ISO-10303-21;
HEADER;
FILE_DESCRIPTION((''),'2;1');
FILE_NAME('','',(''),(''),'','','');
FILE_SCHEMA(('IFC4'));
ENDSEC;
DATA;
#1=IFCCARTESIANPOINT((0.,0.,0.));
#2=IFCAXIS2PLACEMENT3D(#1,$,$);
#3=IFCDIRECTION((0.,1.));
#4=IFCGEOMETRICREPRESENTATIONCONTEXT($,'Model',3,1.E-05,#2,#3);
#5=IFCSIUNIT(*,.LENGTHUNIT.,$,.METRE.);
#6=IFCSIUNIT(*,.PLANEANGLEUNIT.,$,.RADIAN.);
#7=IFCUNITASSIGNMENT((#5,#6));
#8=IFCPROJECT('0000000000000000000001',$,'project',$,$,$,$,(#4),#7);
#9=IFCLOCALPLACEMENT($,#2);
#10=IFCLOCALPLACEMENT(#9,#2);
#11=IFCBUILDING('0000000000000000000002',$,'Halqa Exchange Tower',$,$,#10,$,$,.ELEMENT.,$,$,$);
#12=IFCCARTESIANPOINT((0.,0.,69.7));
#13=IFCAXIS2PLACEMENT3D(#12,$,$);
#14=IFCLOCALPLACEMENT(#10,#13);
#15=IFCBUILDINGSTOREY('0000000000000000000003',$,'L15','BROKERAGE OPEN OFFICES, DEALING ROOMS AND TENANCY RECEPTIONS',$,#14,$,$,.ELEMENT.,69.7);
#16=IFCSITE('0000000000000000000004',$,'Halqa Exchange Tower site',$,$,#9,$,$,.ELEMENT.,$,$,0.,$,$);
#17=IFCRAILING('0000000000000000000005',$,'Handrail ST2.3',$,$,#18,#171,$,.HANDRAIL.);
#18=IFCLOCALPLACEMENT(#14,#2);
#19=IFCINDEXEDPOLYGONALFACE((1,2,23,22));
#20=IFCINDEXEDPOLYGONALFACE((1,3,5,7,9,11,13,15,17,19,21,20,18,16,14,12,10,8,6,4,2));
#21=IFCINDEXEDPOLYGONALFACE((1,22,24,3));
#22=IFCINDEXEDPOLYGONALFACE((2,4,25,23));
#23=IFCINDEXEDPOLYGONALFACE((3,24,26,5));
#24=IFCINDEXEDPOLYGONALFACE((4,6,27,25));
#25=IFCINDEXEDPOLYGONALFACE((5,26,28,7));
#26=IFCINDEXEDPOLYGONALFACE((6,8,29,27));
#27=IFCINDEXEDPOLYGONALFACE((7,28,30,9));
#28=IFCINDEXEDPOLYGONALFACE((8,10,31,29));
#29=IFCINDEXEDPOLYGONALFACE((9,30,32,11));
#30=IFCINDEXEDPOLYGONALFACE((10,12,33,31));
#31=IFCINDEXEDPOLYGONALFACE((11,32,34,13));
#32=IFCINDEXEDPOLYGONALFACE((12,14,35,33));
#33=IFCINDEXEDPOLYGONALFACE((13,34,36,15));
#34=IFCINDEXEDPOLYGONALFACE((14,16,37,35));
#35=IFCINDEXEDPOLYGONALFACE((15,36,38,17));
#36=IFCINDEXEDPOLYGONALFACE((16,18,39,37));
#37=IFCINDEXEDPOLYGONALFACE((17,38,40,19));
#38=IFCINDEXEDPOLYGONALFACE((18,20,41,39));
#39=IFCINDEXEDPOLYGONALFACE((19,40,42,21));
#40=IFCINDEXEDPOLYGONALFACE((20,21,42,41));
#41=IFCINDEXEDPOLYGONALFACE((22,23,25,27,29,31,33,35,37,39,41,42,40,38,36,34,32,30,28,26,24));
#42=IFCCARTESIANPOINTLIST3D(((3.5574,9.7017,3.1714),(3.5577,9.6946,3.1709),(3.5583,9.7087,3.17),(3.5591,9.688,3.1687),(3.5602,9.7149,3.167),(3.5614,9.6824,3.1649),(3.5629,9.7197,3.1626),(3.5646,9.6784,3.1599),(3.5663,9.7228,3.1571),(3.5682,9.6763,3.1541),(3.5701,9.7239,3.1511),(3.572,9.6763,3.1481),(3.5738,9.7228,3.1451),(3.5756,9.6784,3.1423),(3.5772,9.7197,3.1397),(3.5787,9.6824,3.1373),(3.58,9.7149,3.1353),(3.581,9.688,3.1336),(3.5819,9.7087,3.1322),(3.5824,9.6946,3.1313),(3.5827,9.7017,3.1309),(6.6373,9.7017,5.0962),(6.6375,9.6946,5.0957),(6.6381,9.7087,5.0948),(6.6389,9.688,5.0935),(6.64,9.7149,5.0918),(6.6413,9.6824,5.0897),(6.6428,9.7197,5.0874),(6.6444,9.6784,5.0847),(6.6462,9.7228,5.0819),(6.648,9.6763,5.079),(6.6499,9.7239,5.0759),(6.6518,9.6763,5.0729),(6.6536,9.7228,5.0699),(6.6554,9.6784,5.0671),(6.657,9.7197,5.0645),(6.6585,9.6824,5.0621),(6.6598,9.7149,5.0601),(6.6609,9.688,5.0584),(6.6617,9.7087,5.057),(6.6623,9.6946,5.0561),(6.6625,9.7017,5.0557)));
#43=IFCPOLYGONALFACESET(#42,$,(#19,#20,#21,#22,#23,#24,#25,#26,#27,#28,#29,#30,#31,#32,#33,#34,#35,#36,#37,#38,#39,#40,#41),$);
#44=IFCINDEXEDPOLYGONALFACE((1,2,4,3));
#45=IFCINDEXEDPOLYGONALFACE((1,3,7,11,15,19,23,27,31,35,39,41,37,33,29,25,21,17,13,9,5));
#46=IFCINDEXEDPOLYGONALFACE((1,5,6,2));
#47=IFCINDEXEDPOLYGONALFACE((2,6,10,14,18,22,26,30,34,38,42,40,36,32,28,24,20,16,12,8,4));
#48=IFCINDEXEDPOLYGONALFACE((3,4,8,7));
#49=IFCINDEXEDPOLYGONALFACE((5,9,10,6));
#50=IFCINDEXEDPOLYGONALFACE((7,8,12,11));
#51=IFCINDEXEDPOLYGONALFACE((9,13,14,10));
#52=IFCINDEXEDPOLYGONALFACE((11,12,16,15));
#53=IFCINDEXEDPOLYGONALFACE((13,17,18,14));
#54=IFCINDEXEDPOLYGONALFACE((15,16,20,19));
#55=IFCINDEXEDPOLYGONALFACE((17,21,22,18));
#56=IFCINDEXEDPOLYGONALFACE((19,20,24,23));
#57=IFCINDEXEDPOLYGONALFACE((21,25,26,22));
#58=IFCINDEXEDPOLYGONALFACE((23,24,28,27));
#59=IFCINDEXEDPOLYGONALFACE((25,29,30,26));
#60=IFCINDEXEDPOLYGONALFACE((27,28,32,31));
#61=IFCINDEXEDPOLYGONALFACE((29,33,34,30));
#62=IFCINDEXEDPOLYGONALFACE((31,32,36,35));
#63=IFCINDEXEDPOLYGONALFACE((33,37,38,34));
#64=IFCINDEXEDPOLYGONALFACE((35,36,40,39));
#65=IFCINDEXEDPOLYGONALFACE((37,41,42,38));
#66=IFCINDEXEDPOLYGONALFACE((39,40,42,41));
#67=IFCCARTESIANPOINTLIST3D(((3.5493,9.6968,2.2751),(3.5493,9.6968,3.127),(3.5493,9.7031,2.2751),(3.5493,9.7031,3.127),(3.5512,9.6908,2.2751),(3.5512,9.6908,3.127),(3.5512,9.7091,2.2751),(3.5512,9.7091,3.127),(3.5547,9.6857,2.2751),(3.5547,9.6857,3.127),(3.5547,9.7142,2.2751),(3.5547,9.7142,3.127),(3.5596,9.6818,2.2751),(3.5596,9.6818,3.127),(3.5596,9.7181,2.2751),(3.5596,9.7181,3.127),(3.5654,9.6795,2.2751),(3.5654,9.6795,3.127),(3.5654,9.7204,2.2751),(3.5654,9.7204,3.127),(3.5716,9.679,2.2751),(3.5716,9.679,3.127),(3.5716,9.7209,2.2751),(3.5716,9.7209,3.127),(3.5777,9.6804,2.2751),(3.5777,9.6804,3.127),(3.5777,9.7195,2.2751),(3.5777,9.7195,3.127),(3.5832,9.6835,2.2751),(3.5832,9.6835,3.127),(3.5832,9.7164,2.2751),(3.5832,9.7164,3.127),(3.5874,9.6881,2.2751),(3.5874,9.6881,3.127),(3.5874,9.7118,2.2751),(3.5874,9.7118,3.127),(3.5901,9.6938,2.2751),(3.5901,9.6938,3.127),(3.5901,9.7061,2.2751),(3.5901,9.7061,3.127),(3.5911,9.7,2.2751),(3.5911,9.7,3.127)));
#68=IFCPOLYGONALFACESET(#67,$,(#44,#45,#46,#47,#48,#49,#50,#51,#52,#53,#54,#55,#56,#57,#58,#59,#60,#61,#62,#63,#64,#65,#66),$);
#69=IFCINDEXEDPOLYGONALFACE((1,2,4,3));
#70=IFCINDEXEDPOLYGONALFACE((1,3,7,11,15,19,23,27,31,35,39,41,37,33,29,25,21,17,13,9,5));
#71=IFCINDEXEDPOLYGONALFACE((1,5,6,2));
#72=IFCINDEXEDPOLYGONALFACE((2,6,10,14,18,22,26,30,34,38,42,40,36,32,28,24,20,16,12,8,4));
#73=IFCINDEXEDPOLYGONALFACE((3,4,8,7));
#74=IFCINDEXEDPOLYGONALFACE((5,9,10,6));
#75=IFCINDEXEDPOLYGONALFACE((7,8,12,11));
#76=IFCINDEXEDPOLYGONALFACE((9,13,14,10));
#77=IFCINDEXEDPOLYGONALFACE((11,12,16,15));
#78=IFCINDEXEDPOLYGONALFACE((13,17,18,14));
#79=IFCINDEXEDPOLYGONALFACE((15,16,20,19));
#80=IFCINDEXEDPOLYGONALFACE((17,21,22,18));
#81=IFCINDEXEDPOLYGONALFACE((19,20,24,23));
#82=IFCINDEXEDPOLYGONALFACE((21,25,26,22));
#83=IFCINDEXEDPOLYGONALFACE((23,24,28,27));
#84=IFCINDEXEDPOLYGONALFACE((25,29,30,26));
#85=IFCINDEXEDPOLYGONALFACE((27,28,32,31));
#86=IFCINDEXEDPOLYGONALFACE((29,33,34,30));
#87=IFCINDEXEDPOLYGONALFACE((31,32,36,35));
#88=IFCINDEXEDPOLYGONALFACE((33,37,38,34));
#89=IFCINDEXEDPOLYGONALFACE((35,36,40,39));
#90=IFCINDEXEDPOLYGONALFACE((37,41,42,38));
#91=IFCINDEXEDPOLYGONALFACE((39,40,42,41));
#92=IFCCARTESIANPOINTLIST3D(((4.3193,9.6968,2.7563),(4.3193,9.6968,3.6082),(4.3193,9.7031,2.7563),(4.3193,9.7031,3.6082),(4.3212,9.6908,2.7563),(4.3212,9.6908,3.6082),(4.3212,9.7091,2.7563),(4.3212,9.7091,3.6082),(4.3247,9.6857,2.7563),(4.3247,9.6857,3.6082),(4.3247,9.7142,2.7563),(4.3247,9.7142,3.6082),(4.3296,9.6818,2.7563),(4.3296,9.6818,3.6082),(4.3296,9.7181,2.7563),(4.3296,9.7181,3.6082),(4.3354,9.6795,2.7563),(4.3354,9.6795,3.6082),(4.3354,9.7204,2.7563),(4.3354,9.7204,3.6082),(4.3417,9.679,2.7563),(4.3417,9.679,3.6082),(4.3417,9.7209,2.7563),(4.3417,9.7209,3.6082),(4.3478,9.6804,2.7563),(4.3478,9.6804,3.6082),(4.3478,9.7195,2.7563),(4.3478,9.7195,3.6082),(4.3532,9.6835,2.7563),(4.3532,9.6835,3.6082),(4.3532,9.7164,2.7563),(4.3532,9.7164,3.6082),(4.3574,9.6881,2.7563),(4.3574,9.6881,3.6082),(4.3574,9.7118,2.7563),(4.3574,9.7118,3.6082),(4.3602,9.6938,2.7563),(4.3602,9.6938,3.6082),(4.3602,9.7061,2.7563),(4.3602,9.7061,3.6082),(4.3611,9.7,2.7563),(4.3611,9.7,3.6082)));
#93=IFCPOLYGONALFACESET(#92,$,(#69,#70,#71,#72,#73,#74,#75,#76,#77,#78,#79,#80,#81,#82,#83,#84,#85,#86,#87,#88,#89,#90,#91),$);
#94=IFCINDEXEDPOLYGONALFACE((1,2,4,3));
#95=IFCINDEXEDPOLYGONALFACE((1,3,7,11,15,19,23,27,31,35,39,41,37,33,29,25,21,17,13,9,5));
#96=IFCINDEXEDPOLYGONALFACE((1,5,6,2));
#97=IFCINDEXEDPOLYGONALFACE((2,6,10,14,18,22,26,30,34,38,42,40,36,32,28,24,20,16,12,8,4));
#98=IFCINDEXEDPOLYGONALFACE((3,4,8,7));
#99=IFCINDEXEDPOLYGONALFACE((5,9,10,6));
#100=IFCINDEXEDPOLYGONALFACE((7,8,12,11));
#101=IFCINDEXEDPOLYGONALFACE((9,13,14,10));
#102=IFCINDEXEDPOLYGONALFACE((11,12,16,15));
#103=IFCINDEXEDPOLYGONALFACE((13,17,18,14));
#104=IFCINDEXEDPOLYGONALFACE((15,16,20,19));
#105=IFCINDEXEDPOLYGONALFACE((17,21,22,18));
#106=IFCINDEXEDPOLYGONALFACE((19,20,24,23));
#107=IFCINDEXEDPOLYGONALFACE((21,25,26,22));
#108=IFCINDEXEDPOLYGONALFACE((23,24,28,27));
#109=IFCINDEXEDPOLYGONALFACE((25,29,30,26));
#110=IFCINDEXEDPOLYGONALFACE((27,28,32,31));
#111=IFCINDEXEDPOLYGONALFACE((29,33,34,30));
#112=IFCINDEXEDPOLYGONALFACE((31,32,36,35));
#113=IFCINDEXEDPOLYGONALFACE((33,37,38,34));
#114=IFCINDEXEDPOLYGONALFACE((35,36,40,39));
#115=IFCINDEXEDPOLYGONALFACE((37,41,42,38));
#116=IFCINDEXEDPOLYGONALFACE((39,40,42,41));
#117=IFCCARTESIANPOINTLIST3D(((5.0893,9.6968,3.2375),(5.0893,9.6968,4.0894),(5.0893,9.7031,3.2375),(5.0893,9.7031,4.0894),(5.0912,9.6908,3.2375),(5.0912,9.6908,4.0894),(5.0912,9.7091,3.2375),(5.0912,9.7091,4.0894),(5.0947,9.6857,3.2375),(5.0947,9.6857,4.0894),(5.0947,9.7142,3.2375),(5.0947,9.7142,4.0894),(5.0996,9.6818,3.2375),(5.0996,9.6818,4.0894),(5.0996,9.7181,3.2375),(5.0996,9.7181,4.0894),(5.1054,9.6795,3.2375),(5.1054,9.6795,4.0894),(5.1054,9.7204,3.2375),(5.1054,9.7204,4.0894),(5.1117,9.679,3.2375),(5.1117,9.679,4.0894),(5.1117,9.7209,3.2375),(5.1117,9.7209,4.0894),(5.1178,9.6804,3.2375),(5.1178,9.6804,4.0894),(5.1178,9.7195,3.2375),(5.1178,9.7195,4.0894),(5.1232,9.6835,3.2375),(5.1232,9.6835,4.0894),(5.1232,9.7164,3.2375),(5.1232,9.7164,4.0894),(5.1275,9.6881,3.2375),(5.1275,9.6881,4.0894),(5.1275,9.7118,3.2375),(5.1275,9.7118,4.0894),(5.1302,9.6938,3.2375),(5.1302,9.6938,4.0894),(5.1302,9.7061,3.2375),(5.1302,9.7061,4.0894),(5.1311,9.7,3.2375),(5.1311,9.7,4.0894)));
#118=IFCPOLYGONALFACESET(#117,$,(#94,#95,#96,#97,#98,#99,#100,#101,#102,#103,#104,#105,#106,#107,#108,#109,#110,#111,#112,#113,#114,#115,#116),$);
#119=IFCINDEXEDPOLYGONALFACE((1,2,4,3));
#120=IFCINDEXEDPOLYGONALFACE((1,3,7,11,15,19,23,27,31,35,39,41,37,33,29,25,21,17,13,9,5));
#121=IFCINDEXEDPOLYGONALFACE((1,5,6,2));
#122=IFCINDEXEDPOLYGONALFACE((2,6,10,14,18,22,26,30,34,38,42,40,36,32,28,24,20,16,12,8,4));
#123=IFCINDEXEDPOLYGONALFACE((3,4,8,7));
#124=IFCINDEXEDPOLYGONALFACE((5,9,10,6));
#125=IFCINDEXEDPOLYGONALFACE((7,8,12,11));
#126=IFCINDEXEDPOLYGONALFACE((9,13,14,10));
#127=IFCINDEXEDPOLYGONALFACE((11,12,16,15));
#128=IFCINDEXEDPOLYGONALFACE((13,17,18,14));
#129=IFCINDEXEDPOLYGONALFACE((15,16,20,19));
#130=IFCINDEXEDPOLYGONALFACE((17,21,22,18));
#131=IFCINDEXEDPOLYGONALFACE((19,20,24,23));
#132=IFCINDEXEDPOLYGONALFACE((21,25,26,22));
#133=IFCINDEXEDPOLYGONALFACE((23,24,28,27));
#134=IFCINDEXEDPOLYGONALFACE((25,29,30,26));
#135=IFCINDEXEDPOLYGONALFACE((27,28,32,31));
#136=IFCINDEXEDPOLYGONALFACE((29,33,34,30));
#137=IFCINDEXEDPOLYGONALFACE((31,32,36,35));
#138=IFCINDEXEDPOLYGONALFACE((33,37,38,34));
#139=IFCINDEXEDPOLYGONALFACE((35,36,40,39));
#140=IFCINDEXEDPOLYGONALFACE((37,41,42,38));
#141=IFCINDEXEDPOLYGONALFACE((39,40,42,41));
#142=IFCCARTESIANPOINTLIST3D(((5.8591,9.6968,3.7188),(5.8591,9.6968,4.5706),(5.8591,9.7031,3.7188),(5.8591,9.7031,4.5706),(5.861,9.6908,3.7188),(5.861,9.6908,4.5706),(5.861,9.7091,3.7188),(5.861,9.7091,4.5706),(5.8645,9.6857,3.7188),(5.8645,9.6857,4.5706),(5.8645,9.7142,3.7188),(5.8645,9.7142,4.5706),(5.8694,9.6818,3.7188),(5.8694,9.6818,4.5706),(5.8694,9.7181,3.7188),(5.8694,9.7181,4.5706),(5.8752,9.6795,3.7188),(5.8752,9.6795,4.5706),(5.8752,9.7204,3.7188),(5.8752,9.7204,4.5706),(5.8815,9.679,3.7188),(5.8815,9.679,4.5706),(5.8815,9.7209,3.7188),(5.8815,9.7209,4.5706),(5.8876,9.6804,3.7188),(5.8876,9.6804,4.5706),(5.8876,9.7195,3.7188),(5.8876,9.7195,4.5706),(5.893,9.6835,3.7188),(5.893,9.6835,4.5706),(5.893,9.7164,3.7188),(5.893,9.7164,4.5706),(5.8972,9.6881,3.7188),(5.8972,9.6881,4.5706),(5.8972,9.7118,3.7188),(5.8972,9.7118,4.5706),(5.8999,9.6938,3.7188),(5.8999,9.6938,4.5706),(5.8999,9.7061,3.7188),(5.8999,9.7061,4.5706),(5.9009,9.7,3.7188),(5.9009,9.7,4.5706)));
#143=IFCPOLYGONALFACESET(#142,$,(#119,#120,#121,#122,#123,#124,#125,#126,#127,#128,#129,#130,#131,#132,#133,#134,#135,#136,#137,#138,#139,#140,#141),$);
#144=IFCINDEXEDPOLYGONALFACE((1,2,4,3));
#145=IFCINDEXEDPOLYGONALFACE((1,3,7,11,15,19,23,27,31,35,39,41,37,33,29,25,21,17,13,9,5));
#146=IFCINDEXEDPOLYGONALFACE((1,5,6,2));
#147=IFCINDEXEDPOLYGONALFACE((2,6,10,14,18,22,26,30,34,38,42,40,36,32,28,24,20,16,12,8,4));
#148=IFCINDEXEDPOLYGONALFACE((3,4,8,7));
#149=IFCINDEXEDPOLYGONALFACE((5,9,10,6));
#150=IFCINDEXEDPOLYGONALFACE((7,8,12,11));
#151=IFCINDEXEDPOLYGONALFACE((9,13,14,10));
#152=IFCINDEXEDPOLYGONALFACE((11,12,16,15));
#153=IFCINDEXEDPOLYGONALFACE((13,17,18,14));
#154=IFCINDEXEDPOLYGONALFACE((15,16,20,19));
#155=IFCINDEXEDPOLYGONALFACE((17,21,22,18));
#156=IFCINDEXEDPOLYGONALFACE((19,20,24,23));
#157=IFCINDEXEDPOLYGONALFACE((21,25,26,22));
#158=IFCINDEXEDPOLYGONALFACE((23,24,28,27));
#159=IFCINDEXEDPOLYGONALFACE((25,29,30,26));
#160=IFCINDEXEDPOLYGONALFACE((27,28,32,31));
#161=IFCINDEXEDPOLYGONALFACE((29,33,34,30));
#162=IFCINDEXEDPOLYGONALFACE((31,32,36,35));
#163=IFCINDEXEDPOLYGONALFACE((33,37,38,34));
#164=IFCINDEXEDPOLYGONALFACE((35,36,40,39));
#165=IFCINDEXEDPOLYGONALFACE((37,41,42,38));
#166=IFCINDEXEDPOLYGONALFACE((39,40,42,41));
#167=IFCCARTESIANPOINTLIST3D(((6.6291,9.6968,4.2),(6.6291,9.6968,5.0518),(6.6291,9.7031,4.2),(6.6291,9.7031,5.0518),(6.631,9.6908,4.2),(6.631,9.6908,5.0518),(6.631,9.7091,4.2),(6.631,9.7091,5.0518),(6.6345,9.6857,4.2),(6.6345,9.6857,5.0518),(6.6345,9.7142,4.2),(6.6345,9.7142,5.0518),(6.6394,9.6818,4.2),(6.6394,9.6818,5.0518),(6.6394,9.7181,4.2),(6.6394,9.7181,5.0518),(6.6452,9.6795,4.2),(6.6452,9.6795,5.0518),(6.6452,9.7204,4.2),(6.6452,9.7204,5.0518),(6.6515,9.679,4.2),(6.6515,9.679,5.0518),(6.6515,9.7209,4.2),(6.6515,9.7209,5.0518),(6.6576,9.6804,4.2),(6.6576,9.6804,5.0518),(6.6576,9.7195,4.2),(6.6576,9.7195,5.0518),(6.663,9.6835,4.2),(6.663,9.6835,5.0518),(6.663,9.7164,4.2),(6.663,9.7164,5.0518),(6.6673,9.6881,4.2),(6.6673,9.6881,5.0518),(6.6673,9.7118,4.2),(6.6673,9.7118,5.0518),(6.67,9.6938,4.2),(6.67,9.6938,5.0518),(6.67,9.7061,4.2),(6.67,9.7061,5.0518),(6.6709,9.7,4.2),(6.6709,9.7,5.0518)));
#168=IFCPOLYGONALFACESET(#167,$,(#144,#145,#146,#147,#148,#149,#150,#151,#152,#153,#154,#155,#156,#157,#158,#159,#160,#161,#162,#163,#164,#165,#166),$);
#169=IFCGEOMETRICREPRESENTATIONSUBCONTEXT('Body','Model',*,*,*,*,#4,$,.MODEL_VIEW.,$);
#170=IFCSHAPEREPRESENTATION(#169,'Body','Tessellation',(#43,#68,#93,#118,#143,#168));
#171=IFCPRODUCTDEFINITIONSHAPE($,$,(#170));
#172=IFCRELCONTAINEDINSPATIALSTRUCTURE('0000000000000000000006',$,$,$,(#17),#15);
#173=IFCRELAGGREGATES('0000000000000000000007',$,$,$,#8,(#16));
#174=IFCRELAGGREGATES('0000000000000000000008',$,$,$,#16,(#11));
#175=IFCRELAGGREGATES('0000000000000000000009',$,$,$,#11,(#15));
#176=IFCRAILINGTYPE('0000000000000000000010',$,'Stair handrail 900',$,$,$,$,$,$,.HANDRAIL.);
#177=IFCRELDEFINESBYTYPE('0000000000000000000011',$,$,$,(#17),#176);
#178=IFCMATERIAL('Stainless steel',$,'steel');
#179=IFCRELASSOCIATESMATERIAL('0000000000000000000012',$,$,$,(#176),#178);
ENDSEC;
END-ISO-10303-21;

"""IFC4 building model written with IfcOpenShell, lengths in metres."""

from ifc_helpers import new_model, si_unit, direction, frame, origin, origin_2d, place, context, subcontext, project, spatial, circle, extrude, material, type_object, element, save


model = new_model("IFC4")

# Units and contexts
model_context = context("Model", 3, precision=1e-05, world=origin(), true_north=direction((0.0, 1.0)))
body_context = subcontext(model_context, "Body", "Model", "MODEL_VIEW")
ifc_project = project(units=[si_unit("LENGTHUNIT", "METRE"), si_unit("PLANEANGLEUNIT", "RADIAN")], contexts=[model_context])

# Site, building, storey
site_placement = place(None, origin())
site = spatial("IfcSite", under=ifc_project, at=site_placement, Name="Halqa Exchange Tower site", CompositionType="ELEMENT", RefElevation=0.0)
building_placement = place(site_placement, origin())
building = spatial("IfcBuilding", under=site, at=building_placement, Name="Halqa Exchange Tower", CompositionType="ELEMENT")
storey_placement = place(building_placement, frame((0.0, 0.0, 69.7)))
storey = spatial("IfcBuildingStorey", under=building, at=storey_placement, Name="L15", Description="BROKERAGE OPEN OFFICES, DEALING ROOMS AND TENANCY RECEPTIONS", CompositionType="ELEMENT", Elevation=69.7)

# Railing
ifc_material_1 = material(Name="Stainless steel", Category="steel")
railing_type_1 = type_object("IfcRailingType", Name="Stair handrail 900", PredefinedType="HANDRAIL", material=ifc_material_1)
railing_1_placement = place(storey_placement, frame((3.5701, 9.7, 2.2751)))
element("IfcRailing", 1, at=railing_1_placement, inside=storey, type_object=railing_type_1, Name="Handrail ST2.3", PredefinedType="HANDRAIL", context=body_context, shape_type="SweptSolid", body=[
    extrude(circle(Radius=0.0239, at=origin_2d()), frame((0.0, 0.0, 0.876), z_axis=(0.84801, 0.0, 0.529981), x_axis=(0.0, 1.0, 0.0)), (0.0, 0.0, 1.0), 3.6318),
    extrude(circle(Radius=0.021, at=origin_2d()), origin(), (0.0, 0.0, 1.0), 0.8518),
    extrude(circle(Radius=0.021, at=origin_2d()), frame((0.77, 0.0, 0.4812)), (0.0, 0.0, 1.0), 0.8518),
    extrude(circle(Radius=0.021, at=origin_2d()), frame((1.54, 0.0, 0.9624)), (0.0, 0.0, 1.0), 0.8518),
    extrude(circle(Radius=0.021, at=origin_2d()), frame((2.3098, 0.0, 1.4436)), (0.0, 0.0, 1.0), 0.8518),
    extrude(circle(Radius=0.021, at=origin_2d()), frame((3.0798, 0.0, 1.9248)), (0.0, 0.0, 1.0), 0.8518),
])

save(model, "model.ifc")
